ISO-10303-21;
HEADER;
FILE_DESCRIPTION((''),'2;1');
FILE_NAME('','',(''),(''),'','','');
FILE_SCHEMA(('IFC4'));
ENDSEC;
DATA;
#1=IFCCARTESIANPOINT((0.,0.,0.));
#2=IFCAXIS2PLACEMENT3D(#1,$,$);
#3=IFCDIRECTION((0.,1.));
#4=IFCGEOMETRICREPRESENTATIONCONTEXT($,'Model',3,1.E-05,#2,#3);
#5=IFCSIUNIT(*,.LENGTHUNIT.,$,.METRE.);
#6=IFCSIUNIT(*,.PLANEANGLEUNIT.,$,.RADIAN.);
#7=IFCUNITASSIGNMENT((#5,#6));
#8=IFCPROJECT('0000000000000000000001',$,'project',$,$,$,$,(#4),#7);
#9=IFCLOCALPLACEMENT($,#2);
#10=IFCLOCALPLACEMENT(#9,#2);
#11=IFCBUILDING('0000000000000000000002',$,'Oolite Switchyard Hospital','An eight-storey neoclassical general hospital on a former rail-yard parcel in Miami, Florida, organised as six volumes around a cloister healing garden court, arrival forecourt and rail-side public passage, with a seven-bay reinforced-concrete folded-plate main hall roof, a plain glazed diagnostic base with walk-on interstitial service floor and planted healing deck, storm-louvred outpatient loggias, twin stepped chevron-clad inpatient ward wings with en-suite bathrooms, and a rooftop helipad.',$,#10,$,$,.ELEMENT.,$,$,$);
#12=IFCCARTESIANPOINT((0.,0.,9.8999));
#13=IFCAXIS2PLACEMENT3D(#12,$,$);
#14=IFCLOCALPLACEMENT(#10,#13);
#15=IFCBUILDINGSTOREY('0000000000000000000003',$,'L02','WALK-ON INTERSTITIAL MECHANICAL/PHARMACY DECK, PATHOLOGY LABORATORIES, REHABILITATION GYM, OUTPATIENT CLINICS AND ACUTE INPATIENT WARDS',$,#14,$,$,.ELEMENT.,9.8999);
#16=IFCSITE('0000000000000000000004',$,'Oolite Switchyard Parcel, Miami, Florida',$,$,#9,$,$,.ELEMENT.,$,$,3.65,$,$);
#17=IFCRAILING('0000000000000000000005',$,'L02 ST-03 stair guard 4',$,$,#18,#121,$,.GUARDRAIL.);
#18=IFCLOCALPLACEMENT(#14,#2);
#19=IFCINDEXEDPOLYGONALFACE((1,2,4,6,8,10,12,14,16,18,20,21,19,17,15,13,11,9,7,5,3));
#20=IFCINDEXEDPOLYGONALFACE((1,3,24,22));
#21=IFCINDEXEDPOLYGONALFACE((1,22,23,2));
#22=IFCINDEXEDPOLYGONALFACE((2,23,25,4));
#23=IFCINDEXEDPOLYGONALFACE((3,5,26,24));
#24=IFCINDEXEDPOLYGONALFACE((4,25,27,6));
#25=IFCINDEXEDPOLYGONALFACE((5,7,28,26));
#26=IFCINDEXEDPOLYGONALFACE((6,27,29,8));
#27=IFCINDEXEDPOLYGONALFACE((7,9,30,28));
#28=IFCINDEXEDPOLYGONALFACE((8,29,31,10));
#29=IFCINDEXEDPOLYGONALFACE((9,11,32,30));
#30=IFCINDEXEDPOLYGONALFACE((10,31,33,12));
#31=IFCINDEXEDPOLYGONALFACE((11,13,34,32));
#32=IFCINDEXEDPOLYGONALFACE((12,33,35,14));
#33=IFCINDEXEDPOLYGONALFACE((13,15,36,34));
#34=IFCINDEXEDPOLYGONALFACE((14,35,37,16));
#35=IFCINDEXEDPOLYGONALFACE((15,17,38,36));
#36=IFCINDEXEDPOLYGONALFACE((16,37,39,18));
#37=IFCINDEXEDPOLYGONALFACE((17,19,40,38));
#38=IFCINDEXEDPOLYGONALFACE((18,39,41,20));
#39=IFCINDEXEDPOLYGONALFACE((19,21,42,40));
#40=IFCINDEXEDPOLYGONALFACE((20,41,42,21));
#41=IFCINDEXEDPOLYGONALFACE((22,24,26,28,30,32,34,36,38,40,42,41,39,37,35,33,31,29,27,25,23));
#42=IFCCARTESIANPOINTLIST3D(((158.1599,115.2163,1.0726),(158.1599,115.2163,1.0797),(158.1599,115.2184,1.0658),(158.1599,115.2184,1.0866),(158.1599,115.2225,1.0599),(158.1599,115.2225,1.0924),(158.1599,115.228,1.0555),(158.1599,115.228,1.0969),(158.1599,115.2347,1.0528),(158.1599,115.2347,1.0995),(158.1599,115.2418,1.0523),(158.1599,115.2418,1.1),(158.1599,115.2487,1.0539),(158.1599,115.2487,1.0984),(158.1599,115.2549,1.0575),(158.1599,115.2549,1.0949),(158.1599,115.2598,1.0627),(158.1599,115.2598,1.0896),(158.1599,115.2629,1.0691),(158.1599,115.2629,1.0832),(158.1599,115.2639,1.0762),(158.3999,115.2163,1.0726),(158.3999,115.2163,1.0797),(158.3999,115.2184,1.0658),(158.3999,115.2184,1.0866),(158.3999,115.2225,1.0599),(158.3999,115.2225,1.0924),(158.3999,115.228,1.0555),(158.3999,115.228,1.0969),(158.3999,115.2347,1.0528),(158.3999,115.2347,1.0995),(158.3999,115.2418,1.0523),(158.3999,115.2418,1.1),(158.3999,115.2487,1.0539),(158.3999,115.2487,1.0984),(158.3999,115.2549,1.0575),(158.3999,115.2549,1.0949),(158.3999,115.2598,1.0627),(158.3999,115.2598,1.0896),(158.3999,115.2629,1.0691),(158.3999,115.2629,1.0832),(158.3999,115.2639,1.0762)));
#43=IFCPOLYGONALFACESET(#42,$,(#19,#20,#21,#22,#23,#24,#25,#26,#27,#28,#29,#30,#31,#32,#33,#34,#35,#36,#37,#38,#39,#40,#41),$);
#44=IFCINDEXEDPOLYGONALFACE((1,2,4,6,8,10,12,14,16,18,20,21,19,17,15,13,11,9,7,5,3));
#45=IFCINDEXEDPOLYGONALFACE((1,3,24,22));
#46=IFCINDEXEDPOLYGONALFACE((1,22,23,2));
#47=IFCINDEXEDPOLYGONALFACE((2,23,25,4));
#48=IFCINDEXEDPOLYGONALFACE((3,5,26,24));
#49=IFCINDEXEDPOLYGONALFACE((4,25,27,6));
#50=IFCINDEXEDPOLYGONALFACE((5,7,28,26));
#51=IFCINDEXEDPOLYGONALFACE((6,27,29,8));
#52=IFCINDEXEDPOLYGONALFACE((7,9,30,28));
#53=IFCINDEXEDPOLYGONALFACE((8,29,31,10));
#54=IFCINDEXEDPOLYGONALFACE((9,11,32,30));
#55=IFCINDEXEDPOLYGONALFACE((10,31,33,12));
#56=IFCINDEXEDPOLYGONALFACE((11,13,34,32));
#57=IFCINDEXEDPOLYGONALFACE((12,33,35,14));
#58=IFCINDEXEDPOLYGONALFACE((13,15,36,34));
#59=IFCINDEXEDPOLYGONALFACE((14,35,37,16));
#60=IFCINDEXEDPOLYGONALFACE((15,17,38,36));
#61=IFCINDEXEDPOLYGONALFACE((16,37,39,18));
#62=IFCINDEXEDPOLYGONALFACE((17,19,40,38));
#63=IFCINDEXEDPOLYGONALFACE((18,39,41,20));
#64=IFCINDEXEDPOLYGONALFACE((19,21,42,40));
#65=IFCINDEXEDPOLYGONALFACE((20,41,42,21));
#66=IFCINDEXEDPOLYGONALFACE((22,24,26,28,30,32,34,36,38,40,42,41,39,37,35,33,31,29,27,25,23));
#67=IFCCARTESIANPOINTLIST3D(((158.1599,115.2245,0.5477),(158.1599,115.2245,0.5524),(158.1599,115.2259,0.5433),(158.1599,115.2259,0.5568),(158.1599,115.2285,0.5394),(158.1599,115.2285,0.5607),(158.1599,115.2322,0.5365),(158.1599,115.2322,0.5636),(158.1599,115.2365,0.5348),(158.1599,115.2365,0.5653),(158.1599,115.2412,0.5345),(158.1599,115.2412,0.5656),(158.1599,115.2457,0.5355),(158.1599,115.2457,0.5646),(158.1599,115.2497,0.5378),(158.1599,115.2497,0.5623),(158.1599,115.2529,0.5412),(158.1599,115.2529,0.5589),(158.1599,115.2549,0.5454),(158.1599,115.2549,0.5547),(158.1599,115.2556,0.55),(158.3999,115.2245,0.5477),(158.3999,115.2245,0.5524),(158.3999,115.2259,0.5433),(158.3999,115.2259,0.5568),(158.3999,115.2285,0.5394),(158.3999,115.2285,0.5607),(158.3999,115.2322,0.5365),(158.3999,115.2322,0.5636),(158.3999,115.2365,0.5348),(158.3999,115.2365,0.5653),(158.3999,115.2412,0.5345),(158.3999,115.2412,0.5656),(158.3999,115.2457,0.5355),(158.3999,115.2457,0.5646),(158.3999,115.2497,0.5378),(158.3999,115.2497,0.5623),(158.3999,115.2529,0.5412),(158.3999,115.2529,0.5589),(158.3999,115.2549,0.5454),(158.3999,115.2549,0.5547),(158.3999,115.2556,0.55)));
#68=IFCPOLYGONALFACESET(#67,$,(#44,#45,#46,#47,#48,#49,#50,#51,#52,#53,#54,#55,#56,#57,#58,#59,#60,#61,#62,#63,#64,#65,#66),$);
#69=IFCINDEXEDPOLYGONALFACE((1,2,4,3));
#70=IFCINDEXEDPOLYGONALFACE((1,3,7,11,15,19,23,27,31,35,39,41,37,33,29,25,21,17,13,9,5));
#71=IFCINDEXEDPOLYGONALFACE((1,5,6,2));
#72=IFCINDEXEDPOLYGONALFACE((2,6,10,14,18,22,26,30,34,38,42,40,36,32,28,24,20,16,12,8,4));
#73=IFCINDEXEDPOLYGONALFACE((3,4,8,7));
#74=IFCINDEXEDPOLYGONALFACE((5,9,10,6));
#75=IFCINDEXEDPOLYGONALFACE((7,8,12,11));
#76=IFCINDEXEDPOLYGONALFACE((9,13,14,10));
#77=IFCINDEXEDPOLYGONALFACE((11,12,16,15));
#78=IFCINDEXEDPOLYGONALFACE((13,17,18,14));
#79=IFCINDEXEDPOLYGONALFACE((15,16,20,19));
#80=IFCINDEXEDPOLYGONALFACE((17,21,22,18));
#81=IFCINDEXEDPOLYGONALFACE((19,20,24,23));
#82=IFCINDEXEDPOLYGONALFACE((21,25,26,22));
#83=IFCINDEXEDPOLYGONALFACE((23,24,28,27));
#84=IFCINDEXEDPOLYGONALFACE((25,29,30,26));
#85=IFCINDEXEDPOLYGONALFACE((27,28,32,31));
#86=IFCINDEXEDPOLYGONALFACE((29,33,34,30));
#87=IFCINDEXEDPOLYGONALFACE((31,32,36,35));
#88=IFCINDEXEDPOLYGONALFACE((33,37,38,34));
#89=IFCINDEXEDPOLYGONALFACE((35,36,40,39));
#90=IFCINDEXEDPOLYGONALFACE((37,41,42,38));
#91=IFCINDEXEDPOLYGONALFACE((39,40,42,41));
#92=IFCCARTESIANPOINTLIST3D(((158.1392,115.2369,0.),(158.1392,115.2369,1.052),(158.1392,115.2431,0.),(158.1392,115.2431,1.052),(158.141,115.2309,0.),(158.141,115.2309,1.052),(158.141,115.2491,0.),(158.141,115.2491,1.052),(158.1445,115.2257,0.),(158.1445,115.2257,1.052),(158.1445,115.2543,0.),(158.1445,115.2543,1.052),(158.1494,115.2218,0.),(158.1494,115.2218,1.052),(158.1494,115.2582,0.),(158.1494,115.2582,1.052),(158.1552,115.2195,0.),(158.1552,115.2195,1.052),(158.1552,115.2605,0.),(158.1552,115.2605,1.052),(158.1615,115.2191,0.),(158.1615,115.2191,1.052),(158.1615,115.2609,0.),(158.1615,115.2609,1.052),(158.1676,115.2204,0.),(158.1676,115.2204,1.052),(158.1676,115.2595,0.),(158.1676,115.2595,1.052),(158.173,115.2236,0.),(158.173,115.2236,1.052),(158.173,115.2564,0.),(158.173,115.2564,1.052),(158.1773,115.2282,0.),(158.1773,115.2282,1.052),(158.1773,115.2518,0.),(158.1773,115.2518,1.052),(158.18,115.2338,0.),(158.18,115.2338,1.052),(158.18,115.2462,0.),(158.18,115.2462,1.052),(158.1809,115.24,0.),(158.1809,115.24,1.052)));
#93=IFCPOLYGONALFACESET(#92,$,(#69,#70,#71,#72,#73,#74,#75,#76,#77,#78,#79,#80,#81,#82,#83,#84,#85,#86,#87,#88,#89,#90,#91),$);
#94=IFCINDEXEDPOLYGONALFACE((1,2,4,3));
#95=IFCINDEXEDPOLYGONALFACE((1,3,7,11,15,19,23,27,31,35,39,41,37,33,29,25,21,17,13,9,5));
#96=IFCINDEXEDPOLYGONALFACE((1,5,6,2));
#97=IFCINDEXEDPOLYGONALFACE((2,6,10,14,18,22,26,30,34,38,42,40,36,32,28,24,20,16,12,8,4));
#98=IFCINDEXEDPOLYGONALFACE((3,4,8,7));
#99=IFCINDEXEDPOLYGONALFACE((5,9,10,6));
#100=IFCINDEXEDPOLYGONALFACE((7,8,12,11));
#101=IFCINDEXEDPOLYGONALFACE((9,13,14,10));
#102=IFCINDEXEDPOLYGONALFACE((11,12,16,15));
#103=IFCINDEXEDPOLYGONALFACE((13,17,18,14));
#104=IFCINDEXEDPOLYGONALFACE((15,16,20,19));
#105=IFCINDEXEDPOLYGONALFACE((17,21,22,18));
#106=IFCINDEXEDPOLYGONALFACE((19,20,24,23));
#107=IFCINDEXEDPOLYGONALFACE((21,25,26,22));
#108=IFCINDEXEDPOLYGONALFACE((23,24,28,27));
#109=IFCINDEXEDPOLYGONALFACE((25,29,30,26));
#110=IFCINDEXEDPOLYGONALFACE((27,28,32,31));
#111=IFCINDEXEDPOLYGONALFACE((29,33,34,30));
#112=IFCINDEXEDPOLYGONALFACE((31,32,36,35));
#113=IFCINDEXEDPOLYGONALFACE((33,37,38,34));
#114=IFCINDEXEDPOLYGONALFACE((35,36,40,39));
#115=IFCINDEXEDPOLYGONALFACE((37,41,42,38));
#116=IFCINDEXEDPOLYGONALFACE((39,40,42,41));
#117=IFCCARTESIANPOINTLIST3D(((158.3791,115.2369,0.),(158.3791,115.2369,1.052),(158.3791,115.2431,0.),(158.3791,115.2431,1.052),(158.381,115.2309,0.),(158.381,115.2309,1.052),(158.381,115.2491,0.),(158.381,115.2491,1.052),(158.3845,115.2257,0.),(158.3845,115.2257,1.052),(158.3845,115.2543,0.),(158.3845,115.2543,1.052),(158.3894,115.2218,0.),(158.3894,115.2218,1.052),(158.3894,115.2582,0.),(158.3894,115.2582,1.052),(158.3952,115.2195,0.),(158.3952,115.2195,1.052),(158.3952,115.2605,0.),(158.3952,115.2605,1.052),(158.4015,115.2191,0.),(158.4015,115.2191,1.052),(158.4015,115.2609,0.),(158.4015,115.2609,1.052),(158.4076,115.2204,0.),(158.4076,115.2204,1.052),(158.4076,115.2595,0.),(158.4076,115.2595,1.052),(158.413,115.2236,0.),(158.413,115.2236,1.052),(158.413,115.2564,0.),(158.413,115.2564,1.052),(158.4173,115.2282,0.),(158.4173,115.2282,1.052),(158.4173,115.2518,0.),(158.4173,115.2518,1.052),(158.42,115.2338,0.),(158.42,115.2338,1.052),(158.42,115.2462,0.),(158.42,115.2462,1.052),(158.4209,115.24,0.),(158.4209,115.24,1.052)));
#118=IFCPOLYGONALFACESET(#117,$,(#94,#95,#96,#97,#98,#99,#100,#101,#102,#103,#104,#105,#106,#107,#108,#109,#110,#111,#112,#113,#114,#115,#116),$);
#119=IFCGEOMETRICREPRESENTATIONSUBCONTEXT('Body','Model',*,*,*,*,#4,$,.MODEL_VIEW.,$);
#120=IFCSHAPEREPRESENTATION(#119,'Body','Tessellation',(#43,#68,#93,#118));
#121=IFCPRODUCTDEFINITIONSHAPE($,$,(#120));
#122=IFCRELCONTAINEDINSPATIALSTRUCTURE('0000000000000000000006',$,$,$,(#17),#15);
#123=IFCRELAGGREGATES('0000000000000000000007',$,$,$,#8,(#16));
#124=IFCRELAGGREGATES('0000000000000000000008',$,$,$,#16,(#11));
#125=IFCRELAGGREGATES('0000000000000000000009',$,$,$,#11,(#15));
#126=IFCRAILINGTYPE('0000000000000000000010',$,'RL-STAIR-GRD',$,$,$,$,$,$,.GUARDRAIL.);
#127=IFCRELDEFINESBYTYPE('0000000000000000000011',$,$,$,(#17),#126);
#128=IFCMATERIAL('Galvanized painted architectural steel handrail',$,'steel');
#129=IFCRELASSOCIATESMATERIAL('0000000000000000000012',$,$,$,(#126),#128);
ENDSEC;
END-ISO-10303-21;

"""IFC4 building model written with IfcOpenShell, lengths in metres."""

from ifc_helpers import new_model, si_unit, direction, frame, origin, origin_2d, place, context, subcontext, project, spatial, circle, extrude, material, type_object, element, save


model = new_model("IFC4")

# Units and contexts
model_context = context("Model", 3, precision=1e-05, world=origin(), true_north=direction((0.0, 1.0)))
body_context = subcontext(model_context, "Body", "Model", "MODEL_VIEW")
ifc_project = project(units=[si_unit("LENGTHUNIT", "METRE"), si_unit("PLANEANGLEUNIT", "RADIAN")], contexts=[model_context])

# Site, building, storey
site_placement = place(None, origin())
site = spatial("IfcSite", under=ifc_project, at=site_placement, Name="Oolite Switchyard Parcel, Miami, Florida", CompositionType="ELEMENT", RefElevation=3.65)
building_placement = place(site_placement, origin())
building = spatial("IfcBuilding", under=site, at=building_placement, Name="Oolite Switchyard Hospital", Description="An eight-storey neoclassical general hospital on a former rail-yard parcel in Miami, Florida, organised as six volumes around a cloister healing garden court, arrival forecourt and rail-side public passage, with a seven-bay reinforced-concrete folded-plate main hall roof, a plain glazed diagnostic base with walk-on interstitial service floor and planted healing deck, storm-louvred outpatient loggias, twin stepped chevron-clad inpatient ward wings with en-suite bathrooms, and a rooftop helipad.", CompositionType="ELEMENT")
storey_placement = place(building_placement, frame((0.0, 0.0, 9.8999)))
storey = spatial("IfcBuildingStorey", under=building, at=storey_placement, Name="L02", Description="WALK-ON INTERSTITIAL MECHANICAL/PHARMACY DECK, PATHOLOGY LABORATORIES, REHABILITATION GYM, OUTPATIENT CLINICS AND ACUTE INPATIENT WARDS", CompositionType="ELEMENT", Elevation=9.8999)

# Railing
ifc_material_1 = material(Name="Galvanized painted architectural steel handrail", Category="steel")
railing_type_1 = type_object("IfcRailingType", Name="RL-STAIR-GRD", PredefinedType="GUARDRAIL", material=ifc_material_1)
railing_1_placement = place(storey_placement, frame((158.1599, 115.24, 0.0)))
element("IfcRailing", 1, at=railing_1_placement, inside=storey, type_object=railing_type_1, Name="L02 ST-03 stair guard 4", PredefinedType="GUARDRAIL", context=body_context, shape_type="SweptSolid", body=[
    extrude(circle(Radius=0.0239, at=origin_2d()), frame((0.0, 0.0, 1.0762), z_axis=(1.0, 0.0, 0.0), x_axis=(0.0, 1.0, 0.0)), (0.0, 0.0, 1.0), 0.24),
    extrude(circle(Radius=0.0156, at=origin_2d()), frame((0.0, 0.0, 0.55), z_axis=(1.0, 0.0, 0.0), x_axis=(0.0, 1.0, 0.0)), (0.0, 0.0, 1.0), 0.24),
    extrude(circle(Radius=0.021, at=origin_2d()), origin(), (0.0, 0.0, 1.0), 1.052),
    extrude(circle(Radius=0.021, at=origin_2d()), frame((0.24, 0.0, 0.0)), (0.0, 0.0, 1.0), 1.052),
])

save(model, "model.ifc")
